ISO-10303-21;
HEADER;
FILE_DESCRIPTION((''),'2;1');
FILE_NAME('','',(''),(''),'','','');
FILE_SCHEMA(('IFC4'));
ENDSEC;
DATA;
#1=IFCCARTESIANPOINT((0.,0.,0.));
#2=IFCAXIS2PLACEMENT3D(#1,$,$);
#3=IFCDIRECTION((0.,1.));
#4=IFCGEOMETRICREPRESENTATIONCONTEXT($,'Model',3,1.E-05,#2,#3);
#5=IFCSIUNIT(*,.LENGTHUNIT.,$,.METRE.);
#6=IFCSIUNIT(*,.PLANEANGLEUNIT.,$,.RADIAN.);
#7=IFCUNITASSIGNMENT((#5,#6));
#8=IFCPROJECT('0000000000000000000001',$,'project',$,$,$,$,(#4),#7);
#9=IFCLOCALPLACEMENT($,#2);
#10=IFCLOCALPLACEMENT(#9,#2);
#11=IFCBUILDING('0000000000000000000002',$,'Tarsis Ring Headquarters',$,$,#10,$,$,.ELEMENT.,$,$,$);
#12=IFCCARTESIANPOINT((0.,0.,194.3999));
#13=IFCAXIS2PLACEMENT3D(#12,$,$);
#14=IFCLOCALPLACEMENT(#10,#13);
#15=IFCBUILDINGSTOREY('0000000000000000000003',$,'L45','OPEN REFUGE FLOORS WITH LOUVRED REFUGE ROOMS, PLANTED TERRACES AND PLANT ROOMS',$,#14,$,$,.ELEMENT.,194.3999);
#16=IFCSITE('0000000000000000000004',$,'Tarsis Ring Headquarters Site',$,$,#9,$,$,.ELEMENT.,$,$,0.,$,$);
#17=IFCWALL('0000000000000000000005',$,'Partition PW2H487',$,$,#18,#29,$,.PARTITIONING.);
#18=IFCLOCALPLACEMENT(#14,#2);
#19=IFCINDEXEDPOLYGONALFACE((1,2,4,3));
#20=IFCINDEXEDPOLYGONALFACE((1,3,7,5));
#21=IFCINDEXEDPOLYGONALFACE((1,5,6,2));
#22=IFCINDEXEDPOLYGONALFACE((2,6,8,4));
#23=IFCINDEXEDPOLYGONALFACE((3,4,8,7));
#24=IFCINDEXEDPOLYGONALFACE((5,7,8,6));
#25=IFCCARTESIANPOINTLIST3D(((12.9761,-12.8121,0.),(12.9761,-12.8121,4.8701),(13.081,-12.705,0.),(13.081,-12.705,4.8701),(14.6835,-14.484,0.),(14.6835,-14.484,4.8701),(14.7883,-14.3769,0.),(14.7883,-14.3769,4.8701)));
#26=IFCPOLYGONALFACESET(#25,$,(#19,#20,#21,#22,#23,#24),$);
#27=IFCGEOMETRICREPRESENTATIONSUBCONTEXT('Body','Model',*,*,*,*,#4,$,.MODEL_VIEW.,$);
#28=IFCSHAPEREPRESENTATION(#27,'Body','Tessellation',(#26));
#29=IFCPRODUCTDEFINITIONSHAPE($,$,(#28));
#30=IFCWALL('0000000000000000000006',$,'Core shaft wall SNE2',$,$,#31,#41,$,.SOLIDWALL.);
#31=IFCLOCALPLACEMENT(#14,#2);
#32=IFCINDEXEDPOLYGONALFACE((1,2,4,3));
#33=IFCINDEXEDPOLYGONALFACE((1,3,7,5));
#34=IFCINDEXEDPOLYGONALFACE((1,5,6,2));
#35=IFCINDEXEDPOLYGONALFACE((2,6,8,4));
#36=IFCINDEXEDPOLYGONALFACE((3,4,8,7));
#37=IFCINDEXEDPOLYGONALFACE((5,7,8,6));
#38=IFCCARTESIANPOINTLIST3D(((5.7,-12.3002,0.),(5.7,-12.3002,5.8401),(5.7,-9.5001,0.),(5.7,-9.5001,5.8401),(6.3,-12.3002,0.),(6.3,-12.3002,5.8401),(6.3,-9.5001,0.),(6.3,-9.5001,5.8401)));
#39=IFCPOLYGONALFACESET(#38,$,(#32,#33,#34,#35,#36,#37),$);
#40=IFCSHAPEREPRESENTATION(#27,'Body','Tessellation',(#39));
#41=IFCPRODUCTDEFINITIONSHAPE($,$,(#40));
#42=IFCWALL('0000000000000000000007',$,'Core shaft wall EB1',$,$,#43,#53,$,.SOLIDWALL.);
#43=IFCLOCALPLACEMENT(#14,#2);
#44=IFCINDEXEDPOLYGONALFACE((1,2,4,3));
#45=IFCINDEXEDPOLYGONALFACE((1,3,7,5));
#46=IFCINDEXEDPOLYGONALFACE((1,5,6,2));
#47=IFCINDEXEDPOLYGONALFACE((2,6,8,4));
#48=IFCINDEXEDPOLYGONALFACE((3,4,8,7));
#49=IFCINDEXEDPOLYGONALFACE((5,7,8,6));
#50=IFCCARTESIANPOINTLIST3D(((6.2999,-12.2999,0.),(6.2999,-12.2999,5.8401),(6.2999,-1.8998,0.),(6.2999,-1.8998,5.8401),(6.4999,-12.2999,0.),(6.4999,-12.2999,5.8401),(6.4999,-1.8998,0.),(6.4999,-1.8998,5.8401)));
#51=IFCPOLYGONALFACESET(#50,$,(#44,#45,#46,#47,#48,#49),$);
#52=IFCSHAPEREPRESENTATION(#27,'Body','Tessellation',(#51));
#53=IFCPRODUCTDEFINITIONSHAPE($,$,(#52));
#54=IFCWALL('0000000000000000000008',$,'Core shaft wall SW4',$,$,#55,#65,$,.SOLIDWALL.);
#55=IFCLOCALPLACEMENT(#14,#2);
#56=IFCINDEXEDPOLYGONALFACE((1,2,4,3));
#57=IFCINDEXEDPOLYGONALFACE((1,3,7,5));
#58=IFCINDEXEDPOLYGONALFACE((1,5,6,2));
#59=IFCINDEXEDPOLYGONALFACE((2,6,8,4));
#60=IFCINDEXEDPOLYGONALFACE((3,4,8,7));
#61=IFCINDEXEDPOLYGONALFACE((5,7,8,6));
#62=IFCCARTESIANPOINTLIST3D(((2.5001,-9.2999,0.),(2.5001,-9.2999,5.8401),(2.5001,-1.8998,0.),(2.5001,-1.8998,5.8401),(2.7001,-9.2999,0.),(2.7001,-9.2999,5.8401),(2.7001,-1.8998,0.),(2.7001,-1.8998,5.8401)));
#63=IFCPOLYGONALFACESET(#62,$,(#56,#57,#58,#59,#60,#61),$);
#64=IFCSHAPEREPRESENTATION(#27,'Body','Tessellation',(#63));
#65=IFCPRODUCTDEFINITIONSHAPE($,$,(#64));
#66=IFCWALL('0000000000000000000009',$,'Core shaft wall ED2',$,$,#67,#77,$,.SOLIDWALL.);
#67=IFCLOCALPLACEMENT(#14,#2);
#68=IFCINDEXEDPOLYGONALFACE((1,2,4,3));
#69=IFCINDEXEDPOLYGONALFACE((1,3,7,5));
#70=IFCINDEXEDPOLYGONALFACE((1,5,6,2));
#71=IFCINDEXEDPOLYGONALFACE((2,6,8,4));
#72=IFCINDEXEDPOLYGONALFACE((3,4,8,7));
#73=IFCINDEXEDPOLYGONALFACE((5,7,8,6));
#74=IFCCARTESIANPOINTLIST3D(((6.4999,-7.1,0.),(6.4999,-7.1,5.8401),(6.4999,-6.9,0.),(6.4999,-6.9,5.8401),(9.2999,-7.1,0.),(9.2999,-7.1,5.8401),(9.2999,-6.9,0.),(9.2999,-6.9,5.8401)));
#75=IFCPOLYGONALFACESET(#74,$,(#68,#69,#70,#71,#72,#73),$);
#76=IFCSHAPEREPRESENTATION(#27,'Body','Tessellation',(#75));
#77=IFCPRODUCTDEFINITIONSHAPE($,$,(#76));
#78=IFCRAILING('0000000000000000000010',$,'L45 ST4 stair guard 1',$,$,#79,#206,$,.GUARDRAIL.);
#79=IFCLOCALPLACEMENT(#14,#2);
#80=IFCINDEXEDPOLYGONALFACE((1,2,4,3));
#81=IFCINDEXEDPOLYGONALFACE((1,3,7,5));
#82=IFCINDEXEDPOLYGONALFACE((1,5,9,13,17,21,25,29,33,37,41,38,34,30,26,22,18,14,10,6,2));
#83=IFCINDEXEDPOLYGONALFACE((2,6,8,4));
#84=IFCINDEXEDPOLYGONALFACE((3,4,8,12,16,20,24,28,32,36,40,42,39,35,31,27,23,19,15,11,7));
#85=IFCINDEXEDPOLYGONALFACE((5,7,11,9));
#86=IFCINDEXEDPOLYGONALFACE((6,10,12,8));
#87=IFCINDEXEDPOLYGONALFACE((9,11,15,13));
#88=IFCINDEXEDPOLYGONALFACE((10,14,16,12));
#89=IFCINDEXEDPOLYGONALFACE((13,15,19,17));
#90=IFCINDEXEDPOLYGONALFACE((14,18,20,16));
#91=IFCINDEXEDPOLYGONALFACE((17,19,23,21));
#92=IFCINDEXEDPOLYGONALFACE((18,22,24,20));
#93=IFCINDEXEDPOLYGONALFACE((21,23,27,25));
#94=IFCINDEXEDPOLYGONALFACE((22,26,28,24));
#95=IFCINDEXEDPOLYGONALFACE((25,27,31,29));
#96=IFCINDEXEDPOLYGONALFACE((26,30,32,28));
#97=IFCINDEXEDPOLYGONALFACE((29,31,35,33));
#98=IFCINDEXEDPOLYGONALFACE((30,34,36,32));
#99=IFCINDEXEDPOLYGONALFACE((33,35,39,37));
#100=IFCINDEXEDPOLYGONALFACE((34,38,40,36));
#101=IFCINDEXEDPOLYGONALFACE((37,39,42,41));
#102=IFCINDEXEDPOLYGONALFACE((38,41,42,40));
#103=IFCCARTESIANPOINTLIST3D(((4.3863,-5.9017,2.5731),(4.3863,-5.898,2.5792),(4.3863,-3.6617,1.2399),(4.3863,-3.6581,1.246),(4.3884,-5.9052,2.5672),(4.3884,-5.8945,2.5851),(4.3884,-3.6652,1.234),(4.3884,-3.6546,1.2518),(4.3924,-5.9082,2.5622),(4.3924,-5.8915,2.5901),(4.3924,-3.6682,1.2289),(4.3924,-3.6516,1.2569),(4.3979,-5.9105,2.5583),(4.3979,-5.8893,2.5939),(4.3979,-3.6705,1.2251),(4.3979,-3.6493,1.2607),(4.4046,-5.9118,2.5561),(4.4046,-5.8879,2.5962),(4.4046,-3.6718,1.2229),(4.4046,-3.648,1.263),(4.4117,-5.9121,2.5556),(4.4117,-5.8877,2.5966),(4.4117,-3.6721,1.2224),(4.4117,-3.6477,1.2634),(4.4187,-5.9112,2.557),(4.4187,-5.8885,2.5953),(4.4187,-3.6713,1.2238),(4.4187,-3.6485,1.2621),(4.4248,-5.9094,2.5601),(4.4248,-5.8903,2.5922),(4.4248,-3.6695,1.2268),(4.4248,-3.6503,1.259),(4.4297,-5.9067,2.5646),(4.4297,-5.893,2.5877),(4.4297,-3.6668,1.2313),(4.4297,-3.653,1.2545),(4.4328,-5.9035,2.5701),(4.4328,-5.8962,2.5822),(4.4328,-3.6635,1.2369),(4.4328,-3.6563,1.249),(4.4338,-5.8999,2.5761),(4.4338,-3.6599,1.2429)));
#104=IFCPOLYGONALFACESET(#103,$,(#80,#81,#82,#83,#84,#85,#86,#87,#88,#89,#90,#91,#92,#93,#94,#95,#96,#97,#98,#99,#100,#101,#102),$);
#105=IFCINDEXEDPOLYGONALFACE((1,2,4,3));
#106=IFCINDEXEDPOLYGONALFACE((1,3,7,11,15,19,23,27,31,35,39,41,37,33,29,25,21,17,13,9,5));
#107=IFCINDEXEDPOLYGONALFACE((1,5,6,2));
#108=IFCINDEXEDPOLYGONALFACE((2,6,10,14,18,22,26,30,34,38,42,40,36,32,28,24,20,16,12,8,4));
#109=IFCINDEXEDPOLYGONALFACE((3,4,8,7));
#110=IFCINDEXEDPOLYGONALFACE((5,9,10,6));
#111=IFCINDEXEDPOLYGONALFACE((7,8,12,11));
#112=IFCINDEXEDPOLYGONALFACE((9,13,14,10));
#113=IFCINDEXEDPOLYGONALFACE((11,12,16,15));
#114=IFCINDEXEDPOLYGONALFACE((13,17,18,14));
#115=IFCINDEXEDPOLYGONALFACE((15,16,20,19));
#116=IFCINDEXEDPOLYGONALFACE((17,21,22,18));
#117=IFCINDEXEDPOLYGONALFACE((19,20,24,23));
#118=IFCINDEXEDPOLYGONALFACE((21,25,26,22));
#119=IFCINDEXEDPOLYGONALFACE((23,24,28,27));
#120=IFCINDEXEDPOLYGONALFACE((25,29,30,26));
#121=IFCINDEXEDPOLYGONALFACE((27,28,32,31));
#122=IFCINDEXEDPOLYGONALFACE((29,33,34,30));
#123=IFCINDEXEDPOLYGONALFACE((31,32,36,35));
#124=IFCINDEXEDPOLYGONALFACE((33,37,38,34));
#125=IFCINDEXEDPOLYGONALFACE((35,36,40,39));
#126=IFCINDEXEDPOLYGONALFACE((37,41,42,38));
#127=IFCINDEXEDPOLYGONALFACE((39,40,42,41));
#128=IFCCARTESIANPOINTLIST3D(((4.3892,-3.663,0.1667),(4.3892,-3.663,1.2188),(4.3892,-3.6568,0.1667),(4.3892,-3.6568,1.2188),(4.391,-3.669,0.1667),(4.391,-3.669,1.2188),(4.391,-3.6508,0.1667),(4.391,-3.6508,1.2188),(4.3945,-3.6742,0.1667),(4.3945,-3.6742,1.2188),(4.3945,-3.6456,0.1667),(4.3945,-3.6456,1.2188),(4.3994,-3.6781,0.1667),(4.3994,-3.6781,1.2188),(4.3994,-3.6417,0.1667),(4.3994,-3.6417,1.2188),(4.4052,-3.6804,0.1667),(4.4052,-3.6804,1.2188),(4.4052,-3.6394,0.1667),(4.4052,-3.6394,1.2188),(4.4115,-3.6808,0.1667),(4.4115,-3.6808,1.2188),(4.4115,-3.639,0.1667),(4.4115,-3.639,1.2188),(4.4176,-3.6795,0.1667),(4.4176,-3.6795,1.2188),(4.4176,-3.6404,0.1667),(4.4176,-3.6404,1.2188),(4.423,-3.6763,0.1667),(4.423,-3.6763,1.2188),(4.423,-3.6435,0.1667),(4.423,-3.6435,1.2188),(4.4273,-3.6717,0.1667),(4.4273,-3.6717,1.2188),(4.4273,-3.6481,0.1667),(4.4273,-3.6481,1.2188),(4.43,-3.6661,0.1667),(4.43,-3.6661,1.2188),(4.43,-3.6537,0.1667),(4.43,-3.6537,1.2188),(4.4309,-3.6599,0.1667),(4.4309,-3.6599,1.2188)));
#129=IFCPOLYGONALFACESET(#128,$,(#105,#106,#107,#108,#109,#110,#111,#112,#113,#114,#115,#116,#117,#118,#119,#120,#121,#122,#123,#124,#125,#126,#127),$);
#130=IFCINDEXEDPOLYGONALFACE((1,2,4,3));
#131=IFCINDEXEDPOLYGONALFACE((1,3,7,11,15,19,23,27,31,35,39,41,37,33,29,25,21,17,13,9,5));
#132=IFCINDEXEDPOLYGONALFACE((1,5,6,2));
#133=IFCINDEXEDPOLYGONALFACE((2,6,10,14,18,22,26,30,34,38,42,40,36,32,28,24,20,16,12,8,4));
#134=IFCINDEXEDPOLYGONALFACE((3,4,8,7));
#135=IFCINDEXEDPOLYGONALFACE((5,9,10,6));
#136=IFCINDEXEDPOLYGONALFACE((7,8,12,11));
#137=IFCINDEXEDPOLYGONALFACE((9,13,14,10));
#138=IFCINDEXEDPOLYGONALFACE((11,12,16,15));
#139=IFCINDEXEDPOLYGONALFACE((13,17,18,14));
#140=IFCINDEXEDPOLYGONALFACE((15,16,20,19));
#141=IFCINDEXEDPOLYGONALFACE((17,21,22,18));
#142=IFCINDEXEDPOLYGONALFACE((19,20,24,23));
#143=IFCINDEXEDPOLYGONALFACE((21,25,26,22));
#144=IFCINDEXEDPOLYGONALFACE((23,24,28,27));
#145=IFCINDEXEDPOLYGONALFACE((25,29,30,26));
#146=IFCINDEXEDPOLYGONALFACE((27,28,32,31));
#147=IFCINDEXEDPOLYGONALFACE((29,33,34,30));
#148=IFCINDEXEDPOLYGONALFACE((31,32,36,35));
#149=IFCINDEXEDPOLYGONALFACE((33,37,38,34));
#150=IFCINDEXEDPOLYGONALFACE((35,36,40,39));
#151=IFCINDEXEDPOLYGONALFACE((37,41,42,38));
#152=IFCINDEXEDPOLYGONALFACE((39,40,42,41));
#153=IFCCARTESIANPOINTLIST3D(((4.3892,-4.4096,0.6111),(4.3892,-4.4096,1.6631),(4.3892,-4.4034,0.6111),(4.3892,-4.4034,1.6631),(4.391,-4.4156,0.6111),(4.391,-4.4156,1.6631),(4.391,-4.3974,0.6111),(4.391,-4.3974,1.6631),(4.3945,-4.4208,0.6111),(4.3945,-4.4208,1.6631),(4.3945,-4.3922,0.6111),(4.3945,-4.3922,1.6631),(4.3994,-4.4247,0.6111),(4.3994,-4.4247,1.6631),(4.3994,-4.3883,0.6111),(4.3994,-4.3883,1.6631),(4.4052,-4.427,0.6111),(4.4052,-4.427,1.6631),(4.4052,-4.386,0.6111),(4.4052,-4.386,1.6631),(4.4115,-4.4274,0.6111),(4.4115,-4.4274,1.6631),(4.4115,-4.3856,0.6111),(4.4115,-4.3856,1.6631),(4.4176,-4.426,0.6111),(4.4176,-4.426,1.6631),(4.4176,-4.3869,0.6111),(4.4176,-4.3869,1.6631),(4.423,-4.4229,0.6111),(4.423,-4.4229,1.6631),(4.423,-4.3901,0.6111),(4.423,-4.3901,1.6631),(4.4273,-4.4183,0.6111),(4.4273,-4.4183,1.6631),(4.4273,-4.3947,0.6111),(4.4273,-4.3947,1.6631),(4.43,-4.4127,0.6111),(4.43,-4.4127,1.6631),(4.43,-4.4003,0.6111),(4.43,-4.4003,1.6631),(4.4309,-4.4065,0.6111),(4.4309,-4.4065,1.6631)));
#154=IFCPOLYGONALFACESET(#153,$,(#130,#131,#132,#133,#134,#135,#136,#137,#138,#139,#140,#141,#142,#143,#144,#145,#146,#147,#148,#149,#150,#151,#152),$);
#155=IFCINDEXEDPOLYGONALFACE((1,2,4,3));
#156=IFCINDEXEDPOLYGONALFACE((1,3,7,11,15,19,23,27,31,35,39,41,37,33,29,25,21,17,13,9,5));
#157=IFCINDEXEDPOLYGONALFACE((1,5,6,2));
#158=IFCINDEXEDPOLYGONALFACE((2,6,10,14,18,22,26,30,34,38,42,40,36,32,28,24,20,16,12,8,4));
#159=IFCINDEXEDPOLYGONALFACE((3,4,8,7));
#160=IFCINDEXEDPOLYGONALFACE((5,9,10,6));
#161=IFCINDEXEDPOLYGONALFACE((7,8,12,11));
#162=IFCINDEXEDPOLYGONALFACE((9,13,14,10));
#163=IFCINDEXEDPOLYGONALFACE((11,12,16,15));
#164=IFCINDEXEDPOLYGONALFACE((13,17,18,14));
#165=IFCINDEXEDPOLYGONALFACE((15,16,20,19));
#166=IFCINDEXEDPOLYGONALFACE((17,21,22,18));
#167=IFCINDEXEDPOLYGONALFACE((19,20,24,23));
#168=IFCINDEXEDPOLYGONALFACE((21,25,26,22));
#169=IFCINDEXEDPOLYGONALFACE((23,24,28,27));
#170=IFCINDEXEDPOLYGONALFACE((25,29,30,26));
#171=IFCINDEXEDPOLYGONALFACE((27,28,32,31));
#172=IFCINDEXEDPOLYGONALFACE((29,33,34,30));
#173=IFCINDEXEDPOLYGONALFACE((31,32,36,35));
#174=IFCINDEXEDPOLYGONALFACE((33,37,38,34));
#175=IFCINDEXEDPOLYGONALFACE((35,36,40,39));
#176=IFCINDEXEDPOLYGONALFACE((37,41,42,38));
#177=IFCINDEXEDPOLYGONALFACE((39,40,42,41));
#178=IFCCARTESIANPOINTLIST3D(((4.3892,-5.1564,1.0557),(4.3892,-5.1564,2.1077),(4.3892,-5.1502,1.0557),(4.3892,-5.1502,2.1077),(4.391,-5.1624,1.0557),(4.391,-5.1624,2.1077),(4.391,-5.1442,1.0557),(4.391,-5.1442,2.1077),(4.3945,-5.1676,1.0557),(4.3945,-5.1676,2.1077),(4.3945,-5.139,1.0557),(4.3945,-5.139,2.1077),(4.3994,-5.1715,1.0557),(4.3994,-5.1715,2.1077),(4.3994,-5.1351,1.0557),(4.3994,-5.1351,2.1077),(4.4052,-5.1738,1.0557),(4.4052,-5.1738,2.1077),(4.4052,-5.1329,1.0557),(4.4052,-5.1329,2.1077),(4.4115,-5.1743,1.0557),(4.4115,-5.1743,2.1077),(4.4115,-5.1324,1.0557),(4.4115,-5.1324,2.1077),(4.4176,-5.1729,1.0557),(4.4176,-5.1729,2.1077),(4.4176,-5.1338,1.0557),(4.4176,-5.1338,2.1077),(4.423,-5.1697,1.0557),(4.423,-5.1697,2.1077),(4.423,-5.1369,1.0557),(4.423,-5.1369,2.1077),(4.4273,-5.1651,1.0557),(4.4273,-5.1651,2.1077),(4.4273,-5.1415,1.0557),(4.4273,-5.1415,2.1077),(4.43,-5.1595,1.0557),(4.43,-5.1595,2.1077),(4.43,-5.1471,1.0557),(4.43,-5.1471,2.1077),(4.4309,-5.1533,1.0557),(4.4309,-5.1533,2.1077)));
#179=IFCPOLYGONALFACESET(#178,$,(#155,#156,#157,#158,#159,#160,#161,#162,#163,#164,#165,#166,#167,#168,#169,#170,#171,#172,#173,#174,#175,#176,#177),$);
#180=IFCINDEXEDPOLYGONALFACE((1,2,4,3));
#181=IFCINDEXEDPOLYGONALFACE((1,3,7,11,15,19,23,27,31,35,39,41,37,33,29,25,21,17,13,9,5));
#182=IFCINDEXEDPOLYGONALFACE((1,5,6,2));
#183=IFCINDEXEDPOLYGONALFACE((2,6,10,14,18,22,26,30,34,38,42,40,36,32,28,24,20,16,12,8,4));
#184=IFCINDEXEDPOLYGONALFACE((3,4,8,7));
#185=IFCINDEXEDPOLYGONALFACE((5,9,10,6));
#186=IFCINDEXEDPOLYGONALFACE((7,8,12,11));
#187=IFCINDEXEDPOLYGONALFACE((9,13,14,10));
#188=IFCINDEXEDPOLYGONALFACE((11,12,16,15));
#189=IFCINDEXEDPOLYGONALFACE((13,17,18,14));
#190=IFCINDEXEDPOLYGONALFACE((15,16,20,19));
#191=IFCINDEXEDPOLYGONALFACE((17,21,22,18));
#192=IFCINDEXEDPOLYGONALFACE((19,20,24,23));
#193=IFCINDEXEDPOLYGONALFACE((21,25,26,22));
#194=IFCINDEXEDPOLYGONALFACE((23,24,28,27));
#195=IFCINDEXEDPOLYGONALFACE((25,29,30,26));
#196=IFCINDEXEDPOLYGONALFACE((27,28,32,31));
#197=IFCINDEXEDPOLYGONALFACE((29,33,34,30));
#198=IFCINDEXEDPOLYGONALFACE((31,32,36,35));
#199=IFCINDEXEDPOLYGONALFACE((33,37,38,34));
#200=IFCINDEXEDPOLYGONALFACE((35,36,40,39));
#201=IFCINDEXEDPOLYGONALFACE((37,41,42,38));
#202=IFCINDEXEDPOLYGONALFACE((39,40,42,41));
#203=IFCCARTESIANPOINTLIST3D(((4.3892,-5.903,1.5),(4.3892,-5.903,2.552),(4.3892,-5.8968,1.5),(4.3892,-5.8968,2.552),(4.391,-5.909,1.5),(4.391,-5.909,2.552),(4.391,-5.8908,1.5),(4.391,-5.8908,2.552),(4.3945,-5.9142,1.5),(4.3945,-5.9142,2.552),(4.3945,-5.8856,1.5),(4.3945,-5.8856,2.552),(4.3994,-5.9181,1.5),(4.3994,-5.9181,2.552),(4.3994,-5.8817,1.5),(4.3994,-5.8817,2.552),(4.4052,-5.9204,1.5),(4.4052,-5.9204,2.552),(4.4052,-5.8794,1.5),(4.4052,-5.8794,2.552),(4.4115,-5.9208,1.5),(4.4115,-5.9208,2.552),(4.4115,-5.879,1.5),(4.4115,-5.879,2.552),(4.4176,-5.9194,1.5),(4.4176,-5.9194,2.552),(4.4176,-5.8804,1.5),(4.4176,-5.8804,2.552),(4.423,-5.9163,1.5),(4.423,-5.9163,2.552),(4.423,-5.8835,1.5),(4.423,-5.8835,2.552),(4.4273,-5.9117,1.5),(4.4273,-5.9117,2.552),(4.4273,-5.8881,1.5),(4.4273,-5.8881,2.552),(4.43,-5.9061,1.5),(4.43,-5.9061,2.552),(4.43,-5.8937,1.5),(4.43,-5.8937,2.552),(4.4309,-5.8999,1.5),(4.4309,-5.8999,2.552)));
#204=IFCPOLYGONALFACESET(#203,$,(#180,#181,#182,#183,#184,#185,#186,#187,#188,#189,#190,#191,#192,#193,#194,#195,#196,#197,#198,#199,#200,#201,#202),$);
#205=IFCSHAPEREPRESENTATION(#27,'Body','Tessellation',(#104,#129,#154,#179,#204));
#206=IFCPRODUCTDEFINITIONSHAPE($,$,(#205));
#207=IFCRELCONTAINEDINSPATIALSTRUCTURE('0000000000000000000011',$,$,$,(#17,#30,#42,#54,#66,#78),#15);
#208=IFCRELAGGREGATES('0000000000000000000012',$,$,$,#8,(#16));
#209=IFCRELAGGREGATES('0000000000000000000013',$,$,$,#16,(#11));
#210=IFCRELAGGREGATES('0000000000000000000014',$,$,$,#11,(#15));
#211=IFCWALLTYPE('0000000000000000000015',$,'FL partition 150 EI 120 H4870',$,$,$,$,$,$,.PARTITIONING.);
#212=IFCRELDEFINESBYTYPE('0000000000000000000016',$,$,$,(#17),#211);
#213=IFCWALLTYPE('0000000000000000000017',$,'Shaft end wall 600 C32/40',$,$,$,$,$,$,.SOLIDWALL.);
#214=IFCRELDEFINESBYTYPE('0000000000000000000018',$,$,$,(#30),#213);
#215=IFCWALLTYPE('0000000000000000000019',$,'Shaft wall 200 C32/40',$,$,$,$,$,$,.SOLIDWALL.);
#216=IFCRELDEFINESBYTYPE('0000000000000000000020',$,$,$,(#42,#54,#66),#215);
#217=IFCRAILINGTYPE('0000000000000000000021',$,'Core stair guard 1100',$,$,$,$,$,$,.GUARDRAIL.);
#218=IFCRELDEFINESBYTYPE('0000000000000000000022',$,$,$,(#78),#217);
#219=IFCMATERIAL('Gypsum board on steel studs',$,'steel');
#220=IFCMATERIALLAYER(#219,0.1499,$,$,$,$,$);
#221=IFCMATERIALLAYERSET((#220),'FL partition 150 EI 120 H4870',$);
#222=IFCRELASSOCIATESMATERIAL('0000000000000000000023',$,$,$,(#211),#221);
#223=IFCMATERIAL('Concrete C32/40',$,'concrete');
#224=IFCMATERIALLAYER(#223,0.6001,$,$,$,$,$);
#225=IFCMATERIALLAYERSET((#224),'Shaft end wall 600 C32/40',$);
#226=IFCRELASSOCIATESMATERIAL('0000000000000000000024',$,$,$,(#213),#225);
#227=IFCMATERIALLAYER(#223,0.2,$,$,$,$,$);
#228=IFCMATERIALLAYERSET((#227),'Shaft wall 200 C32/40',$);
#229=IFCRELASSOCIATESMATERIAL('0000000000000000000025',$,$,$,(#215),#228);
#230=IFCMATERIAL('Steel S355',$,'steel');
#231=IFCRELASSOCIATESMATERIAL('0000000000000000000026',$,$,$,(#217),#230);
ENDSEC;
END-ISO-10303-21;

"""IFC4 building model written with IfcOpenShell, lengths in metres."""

from ifc_helpers import new_model, si_unit, direction, frame, frame_2d, origin, origin_2d, place, context, subcontext, project, spatial, rectangle, circle, extrude, material, layer, layer_set, type_object, element, save


model = new_model("IFC4")

# Units and contexts
model_context = context("Model", 3, precision=1e-05, world=origin(), true_north=direction((0.0, 1.0)))
body_context = subcontext(model_context, "Body", "Model", "MODEL_VIEW")
ifc_project = project(units=[si_unit("LENGTHUNIT", "METRE"), si_unit("PLANEANGLEUNIT", "RADIAN")], contexts=[model_context])

# Site, building, storey
site_placement = place(None, origin())
site = spatial("IfcSite", under=ifc_project, at=site_placement, Name="Tarsis Ring Headquarters Site", CompositionType="ELEMENT", RefElevation=0.0)
building_placement = place(site_placement, origin())
building = spatial("IfcBuilding", under=site, at=building_placement, Name="Tarsis Ring Headquarters", CompositionType="ELEMENT")
storey_placement = place(building_placement, frame((0.0, 0.0, 194.3999)))
storey = spatial("IfcBuildingStorey", under=building, at=storey_placement, Name="L45", Description="OPEN REFUGE FLOORS WITH LOUVRED REFUGE ROOMS, PLANTED TERRACES AND PLANT ROOMS", CompositionType="ELEMENT", Elevation=194.3999)

# Shared definitions
ifc_material_1 = material(Name="Gypsum board on steel studs", Category="steel")
ifc_layer_1 = layer(ifc_material_1, 0.1499)
ifc_layer_set_1 = layer_set([ifc_layer_1], Name="FL partition 150 EI 120 H4870")
wall_type_1 = type_object("IfcWallType", Name="FL partition 150 EI 120 H4870", PredefinedType="PARTITIONING", material=ifc_layer_set_1)

# Walls
wall_1_placement = place(storey_placement, frame((13.0286, -12.7585, 0.0), z_axis=(0.0, 0.0, 1.0), x_axis=(0.714475, -0.699661, 0.0)))
element("IfcWall", 1, at=wall_1_placement, inside=storey, type_object=wall_type_1, Name="Partition PW2H487", PredefinedType="PARTITIONING", context=body_context, shape_type="SweptSolid", body=[
    extrude(rectangle(XDim=2.3896, YDim=0.1499, at=frame_2d((1.1948, 0.0))), origin(), (0.0, 0.0, 1.0), 4.8701),
])
ifc_material_2 = material(Name="Concrete C32/40", Category="concrete")
ifc_layer_2 = layer(ifc_material_2, 0.6001)
ifc_layer_set_2 = layer_set([ifc_layer_2], Name="Shaft end wall 600 C32/40")
wall_type_2 = type_object("IfcWallType", Name="Shaft end wall 600 C32/40", PredefinedType="SOLIDWALL", material=ifc_layer_set_2)
wall_2_placement = place(storey_placement, frame((6.0, -12.3, 0.0), z_axis=(0.0, 0.0, 1.0), x_axis=(0.0, 1.0, 0.0)))
element("IfcWall", 2, at=wall_2_placement, inside=storey, type_object=wall_type_2, Name="Core shaft wall SNE2", PredefinedType="SOLIDWALL", context=body_context, shape_type="SweptSolid", body=[
    extrude(rectangle(XDim=2.8, YDim=0.6001, at=frame_2d((1.3999, 0.0))), origin(), (0.0, 0.0, 1.0), 5.8401),
])
ifc_layer_3 = layer(ifc_material_2, 0.2)
ifc_layer_set_3 = layer_set([ifc_layer_3], Name="Shaft wall 200 C32/40")
wall_type_3 = type_object("IfcWallType", Name="Shaft wall 200 C32/40", PredefinedType="SOLIDWALL", material=ifc_layer_set_3)
wall_3_placement = place(storey_placement, frame((6.3999, -12.3, 0.0), z_axis=(0.0, 0.0, 1.0), x_axis=(0.0, 1.0, 0.0)))
element("IfcWall", 3, at=wall_3_placement, inside=storey, type_object=wall_type_3, Name="Core shaft wall EB1", PredefinedType="SOLIDWALL", context=body_context, shape_type="SweptSolid", body=[
    extrude(rectangle(XDim=10.4001, YDim=0.2, at=frame_2d((5.2002, 0.0))), origin(), (0.0, 0.0, 1.0), 5.8401),
])
wall_4_placement = place(storey_placement, frame((2.6001, -9.3, 0.0), z_axis=(0.0, 0.0, 1.0), x_axis=(0.0, 1.0, 0.0)))
element("IfcWall", 4, at=wall_4_placement, inside=storey, type_object=wall_type_3, Name="Core shaft wall SW4", PredefinedType="SOLIDWALL", context=body_context, shape_type="SweptSolid", body=[
    extrude(rectangle(XDim=7.4001, YDim=0.2, at=frame_2d((3.7002, 0.0))), origin(), (0.0, 0.0, 1.0), 5.8401),
])
wall_5_placement = place(storey_placement, frame((6.5, -7.0, 0.0), z_axis=(0.0, 0.0, 1.0), x_axis=(1.0, 0.0, 0.0)))
element("IfcWall", 5, at=wall_5_placement, inside=storey, type_object=wall_type_3, Name="Core shaft wall ED2", PredefinedType="SOLIDWALL", context=body_context, shape_type="SweptSolid", body=[
    extrude(rectangle(XDim=2.8, YDim=0.2, at=frame_2d((1.3999, 0.0))), origin(), (0.0, 0.0, 1.0), 5.8401),
])

# Railing
ifc_material_3 = material(Name="Steel S355", Category="steel")
railing_type_1 = type_object("IfcRailingType", Name="Core stair guard 1100", PredefinedType="GUARDRAIL", material=ifc_material_3)
railing_1_placement = place(storey_placement, frame((4.4099, -3.6599, 0.1667)))
element("IfcRailing", 6, at=railing_1_placement, inside=storey, type_object=railing_type_1, Name="L45 ST4 stair guard 1", PredefinedType="GUARDRAIL", context=body_context, shape_type="SweptSolid", body=[
    extrude(circle(Radius=0.0239, at=origin_2d()), frame((0.0, 0.0, 1.0762), z_axis=(0.0, -0.859306, 0.511462), x_axis=(1.0, 0.0, 0.0)), (0.0, 0.0, 1.0), 2.6067),
    extrude(circle(Radius=0.021, at=origin_2d()), origin(), (0.0, 0.0, 1.0), 1.052),
    extrude(circle(Radius=0.021, at=origin_2d()), frame((0.0, -0.7466, 0.4443)), (0.0, 0.0, 1.0), 1.052),
    extrude(circle(Radius=0.021, at=origin_2d()), frame((0.0, -1.4934, 0.8889)), (0.0, 0.0, 1.0), 1.052),
    extrude(circle(Radius=0.021, at=origin_2d()), frame((0.0, -2.24, 1.3333)), (0.0, 0.0, 1.0), 1.052),
])

save(model, "model.ifc")
